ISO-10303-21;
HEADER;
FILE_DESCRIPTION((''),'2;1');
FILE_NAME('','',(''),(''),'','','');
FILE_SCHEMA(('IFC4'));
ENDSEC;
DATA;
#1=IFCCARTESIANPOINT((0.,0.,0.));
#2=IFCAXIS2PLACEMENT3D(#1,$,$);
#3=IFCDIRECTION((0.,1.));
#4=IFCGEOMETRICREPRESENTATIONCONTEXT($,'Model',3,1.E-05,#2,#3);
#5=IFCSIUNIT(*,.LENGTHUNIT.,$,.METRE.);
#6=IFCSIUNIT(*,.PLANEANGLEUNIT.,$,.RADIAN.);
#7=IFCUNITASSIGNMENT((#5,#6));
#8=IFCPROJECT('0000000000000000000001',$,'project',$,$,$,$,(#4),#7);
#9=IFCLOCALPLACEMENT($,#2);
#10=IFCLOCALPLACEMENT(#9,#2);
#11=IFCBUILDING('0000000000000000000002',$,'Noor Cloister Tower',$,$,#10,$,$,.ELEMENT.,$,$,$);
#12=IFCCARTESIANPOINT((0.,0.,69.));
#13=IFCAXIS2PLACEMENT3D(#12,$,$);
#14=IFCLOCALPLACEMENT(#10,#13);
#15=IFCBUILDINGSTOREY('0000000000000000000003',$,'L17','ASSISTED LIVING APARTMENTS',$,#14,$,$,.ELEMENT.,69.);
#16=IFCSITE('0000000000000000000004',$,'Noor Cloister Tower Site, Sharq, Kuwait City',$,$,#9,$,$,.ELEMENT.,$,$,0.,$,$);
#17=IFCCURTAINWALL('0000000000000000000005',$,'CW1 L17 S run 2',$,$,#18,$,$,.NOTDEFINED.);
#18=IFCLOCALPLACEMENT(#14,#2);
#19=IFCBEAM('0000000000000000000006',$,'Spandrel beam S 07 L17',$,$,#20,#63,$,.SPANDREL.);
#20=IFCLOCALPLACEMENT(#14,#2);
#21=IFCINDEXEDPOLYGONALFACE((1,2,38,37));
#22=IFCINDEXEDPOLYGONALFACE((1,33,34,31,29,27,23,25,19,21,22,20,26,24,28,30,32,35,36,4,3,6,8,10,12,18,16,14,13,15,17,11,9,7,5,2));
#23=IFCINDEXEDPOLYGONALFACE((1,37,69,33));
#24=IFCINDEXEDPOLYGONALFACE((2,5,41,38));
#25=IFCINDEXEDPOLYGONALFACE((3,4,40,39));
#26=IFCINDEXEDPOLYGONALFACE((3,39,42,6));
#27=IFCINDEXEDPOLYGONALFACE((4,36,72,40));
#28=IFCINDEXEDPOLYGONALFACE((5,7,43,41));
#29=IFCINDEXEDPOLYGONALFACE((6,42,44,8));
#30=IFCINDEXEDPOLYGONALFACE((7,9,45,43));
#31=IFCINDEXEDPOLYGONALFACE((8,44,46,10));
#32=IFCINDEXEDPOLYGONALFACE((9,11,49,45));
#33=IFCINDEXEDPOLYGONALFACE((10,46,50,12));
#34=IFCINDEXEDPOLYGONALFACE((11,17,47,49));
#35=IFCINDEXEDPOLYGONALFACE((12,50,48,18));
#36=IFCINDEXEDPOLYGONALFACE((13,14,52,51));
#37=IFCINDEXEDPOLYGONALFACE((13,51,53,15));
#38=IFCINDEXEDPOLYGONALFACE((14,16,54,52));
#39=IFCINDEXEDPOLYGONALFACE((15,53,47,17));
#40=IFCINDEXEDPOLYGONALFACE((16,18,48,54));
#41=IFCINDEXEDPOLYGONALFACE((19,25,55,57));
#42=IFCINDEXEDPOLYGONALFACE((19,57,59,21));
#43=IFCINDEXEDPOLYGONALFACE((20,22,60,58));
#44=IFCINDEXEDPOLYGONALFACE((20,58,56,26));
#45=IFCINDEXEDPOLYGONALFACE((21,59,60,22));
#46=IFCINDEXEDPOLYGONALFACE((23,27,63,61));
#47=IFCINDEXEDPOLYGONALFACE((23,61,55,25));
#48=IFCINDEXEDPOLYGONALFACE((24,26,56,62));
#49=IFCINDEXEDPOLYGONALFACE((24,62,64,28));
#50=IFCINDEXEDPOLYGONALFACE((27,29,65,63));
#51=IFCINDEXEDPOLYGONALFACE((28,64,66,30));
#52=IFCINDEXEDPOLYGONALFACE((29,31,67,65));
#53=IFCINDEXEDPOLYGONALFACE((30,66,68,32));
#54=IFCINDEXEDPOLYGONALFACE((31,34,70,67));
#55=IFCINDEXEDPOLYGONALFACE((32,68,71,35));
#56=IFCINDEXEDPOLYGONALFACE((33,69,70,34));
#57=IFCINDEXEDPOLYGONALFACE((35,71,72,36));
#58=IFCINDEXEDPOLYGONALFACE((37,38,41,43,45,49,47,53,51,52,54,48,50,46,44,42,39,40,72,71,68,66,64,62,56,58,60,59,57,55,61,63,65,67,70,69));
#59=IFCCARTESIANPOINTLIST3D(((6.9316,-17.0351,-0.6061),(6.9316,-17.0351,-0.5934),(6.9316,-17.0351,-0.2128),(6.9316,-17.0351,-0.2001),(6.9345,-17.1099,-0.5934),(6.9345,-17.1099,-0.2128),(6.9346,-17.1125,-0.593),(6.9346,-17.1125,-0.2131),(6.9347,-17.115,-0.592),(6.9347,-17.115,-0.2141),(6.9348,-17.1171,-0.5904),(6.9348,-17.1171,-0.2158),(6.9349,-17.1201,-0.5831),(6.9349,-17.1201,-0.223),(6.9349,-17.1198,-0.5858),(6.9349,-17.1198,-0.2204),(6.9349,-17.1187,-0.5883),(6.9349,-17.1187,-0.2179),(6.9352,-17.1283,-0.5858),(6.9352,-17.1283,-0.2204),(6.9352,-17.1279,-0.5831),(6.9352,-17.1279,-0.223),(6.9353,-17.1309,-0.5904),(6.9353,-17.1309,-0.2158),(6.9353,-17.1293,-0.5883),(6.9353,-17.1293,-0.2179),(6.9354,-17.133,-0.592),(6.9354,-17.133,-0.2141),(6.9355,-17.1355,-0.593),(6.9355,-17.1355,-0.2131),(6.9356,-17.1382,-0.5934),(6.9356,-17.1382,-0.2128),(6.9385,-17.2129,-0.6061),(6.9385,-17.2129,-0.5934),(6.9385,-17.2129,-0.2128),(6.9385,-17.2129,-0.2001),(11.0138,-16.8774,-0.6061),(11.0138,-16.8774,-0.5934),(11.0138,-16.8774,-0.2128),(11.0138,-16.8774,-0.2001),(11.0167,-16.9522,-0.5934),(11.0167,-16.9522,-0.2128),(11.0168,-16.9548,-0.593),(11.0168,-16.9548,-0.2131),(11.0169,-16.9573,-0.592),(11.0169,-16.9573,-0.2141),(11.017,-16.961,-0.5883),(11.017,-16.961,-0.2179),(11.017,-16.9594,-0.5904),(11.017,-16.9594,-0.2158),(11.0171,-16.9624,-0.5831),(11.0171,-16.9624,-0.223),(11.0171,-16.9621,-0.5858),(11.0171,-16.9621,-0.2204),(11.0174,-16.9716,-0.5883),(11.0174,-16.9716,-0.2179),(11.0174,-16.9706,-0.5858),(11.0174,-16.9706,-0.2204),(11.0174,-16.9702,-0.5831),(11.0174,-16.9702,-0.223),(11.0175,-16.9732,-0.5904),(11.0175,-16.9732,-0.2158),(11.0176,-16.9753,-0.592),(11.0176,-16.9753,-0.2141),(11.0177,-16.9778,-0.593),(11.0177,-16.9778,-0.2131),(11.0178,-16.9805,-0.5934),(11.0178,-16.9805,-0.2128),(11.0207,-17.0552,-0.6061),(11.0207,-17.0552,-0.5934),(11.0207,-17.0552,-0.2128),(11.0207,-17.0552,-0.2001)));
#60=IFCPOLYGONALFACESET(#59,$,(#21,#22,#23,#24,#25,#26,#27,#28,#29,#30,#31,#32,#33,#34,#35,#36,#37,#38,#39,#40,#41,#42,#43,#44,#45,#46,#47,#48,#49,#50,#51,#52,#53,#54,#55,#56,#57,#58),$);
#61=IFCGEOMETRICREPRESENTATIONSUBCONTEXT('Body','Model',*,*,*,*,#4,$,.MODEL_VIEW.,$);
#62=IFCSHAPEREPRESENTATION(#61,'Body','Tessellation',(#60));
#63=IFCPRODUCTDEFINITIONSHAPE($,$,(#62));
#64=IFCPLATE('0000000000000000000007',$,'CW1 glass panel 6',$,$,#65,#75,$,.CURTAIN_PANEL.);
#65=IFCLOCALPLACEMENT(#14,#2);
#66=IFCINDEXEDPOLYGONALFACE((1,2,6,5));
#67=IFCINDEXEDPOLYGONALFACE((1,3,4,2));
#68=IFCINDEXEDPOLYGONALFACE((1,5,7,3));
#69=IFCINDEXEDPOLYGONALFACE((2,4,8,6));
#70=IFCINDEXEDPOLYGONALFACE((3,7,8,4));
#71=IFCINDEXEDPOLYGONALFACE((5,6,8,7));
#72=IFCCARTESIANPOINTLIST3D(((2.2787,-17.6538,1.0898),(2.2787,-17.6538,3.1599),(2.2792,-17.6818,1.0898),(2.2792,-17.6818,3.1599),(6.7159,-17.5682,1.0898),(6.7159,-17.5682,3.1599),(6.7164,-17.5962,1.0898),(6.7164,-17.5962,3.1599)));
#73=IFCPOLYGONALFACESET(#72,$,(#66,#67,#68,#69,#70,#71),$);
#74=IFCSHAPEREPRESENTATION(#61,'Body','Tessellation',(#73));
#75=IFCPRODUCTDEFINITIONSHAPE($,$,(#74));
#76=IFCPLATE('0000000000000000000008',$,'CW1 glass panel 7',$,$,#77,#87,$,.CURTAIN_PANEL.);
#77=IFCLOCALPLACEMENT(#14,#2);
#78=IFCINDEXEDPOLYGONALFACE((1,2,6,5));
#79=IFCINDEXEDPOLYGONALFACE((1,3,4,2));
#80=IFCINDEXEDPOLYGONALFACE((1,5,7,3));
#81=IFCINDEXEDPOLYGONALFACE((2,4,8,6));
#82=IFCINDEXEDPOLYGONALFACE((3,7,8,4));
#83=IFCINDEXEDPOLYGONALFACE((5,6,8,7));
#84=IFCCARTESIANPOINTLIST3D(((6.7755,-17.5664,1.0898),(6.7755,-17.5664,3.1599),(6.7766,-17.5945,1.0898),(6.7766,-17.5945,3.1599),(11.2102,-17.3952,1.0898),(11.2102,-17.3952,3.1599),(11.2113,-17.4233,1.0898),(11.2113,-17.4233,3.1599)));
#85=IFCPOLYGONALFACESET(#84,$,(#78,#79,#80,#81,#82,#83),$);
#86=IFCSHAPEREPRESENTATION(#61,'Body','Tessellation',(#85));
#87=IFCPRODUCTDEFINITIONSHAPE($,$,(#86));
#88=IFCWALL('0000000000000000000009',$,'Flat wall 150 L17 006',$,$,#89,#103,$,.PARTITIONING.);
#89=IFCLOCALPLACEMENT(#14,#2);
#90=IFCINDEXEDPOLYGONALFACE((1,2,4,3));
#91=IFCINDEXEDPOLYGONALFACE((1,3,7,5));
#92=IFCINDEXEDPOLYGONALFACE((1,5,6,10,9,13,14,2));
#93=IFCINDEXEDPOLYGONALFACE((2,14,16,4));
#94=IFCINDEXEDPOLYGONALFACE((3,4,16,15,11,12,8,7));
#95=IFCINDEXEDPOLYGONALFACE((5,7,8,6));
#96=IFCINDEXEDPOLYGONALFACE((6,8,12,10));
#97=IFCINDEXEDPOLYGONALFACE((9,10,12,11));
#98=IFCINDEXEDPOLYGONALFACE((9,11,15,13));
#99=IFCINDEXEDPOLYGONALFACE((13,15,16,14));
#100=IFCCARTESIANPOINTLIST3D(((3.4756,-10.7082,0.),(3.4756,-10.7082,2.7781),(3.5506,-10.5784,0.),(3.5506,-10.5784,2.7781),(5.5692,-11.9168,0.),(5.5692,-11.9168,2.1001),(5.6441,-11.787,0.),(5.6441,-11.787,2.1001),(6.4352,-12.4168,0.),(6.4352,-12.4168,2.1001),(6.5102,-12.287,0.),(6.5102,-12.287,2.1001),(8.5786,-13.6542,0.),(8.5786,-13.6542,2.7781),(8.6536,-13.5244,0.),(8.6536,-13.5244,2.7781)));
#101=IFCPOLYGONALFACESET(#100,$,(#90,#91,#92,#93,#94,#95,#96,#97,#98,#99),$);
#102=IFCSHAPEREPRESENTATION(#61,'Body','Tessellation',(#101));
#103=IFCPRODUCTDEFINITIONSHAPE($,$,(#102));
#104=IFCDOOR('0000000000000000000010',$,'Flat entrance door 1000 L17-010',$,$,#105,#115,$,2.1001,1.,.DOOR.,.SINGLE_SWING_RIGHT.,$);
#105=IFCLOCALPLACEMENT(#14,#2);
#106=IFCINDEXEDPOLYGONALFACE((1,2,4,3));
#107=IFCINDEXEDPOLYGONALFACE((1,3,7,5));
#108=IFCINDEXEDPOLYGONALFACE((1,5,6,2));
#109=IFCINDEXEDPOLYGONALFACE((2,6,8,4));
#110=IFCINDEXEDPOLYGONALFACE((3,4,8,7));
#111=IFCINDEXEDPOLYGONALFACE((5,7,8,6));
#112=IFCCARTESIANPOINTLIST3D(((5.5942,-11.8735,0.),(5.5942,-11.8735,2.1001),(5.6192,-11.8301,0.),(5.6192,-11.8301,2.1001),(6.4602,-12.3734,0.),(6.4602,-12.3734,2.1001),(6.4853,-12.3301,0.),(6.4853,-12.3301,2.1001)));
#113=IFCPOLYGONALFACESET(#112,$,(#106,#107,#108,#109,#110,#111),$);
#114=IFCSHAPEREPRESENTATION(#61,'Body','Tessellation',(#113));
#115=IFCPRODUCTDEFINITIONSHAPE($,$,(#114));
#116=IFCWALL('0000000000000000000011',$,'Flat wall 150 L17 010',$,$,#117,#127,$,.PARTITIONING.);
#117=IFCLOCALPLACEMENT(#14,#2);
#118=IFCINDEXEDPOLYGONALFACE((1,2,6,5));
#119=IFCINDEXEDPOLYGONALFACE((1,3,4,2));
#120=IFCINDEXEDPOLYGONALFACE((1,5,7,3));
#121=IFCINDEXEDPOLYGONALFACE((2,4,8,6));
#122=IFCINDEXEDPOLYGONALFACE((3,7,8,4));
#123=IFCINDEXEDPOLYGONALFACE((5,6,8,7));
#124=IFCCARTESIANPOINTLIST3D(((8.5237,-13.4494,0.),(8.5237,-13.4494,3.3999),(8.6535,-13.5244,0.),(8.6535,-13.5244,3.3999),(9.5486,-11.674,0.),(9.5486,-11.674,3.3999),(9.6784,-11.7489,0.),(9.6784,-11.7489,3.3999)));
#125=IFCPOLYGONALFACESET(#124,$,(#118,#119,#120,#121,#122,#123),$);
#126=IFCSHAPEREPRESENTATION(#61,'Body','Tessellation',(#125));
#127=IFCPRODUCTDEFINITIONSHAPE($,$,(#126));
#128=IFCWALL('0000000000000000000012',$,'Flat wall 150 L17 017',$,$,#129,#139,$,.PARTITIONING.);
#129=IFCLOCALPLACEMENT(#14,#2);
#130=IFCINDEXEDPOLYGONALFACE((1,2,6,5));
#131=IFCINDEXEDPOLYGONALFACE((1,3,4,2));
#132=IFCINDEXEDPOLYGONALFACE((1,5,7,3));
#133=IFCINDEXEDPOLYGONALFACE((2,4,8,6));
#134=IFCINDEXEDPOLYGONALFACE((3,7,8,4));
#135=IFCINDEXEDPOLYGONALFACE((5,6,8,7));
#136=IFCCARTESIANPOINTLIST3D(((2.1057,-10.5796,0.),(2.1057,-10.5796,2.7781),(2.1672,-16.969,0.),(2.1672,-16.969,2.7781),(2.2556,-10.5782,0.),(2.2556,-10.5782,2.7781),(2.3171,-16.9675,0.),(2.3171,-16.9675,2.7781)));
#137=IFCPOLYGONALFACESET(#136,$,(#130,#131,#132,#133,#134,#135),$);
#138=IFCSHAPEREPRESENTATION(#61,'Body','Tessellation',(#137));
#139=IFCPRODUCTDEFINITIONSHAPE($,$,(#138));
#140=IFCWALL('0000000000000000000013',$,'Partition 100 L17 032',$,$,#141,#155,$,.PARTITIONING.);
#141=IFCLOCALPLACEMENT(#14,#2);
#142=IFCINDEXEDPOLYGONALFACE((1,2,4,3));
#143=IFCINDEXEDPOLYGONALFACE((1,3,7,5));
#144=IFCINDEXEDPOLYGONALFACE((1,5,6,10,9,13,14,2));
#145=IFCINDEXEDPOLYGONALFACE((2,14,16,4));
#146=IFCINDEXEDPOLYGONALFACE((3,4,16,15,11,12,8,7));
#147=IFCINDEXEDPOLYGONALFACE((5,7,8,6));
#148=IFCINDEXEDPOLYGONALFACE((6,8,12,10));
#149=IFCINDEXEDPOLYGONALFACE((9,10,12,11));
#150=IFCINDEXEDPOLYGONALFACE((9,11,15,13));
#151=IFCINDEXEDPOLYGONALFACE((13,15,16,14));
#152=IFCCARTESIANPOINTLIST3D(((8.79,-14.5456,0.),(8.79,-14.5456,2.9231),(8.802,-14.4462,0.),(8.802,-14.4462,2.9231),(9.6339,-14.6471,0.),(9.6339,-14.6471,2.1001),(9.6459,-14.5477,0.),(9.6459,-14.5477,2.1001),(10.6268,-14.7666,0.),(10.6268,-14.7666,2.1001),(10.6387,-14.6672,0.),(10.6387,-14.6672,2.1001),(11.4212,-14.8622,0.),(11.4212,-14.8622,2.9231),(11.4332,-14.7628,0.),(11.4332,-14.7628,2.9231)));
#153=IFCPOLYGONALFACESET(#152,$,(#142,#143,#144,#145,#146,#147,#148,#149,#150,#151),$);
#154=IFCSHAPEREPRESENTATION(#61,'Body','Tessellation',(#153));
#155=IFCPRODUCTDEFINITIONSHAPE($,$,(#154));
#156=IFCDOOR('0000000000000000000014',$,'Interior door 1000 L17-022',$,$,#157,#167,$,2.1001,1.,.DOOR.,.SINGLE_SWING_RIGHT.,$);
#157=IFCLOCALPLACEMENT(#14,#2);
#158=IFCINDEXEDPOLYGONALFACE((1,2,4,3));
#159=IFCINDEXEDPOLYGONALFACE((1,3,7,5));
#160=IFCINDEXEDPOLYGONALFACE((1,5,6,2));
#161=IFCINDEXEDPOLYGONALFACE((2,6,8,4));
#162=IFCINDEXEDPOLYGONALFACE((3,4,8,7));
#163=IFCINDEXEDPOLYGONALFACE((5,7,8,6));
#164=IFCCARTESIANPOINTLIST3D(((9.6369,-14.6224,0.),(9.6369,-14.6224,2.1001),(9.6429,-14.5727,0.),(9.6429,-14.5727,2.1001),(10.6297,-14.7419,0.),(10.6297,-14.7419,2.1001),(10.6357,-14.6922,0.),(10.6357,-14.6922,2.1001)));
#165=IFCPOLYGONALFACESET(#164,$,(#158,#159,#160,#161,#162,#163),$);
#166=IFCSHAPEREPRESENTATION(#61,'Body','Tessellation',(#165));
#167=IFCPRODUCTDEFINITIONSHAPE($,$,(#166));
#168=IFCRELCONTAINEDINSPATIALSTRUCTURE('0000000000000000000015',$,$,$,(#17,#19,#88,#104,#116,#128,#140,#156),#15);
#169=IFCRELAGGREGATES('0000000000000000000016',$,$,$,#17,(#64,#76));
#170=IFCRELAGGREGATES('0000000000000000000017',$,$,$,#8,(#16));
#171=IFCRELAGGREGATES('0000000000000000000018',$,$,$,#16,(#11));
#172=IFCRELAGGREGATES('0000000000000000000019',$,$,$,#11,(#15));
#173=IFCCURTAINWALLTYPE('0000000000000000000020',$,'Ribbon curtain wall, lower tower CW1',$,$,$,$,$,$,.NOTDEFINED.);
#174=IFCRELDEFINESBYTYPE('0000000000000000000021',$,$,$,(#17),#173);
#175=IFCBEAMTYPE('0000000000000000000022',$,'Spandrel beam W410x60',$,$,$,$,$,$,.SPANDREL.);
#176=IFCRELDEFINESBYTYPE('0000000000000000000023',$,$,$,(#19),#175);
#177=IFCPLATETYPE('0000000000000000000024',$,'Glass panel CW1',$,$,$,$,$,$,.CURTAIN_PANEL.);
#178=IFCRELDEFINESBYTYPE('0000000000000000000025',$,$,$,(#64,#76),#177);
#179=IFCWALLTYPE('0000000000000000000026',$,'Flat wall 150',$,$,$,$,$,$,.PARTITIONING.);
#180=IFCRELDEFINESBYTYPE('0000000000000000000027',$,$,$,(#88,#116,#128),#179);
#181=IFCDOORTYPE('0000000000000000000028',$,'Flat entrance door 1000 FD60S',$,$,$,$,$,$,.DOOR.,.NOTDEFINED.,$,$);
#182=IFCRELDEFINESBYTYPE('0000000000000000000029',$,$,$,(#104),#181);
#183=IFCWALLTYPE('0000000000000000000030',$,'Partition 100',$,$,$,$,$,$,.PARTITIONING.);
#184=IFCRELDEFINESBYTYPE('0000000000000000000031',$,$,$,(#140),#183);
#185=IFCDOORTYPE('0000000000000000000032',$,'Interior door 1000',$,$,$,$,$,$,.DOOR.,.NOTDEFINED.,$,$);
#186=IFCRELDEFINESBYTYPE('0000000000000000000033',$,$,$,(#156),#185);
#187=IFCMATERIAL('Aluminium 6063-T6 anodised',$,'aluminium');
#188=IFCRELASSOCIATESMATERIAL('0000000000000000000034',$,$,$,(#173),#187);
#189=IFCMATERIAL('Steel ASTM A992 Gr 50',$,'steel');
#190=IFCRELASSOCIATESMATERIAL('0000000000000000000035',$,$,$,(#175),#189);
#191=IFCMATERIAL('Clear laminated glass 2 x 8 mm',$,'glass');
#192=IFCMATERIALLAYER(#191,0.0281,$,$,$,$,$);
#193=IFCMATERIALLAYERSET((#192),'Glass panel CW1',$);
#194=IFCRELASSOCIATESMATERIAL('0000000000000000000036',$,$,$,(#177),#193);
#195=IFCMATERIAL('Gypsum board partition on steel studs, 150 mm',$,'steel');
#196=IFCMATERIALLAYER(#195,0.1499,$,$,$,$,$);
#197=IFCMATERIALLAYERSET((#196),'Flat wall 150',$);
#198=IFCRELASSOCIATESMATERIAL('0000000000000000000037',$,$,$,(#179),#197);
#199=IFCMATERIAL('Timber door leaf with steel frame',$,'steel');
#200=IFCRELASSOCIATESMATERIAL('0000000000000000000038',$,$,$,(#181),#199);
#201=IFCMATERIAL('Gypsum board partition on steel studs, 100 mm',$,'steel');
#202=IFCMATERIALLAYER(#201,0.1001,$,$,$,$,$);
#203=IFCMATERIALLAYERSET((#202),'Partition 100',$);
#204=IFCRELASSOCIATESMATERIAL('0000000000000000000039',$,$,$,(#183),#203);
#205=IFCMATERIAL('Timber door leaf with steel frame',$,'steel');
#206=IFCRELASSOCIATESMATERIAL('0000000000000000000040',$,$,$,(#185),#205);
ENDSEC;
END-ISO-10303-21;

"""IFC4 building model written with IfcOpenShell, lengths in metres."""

from ifc_helpers import new_model, si_unit, direction, frame, frame_2d, origin, origin_2d, place, context, subcontext, project, spatial, rectangle, i_section, extrude, material, layer, layer_set, material_profile, profile_set, type_object, element, fill, aggregate, save


model = new_model("IFC4")

# Units and contexts
model_context = context("Model", 3, precision=1e-05, world=origin(), true_north=direction((0.0, 1.0)))
body_context = subcontext(model_context, "Body", "Model", "MODEL_VIEW")
ifc_project = project(units=[si_unit("LENGTHUNIT", "METRE"), si_unit("PLANEANGLEUNIT", "RADIAN")], contexts=[model_context])

# Site, building, storey
site_placement = place(None, origin())
site = spatial("IfcSite", under=ifc_project, at=site_placement, Name="Noor Cloister Tower Site, Sharq, Kuwait City", CompositionType="ELEMENT", RefElevation=0.0)
building_placement = place(site_placement, origin())
building = spatial("IfcBuilding", under=site, at=building_placement, Name="Noor Cloister Tower", CompositionType="ELEMENT")
storey_placement = place(building_placement, frame((0.0, 0.0, 69.0)))
storey = spatial("IfcBuildingStorey", under=building, at=storey_placement, Name="L17", Description="ASSISTED LIVING APARTMENTS", CompositionType="ELEMENT", Elevation=69.0)

# Curtain wall
ifc_material_1 = material(Name="Aluminium 6063-T6 anodised", Category="aluminium")
curtain_wall_type = type_object("IfcCurtainWallType", Name="Ribbon curtain wall, lower tower CW1", PredefinedType="NOTDEFINED", material=ifc_material_1)
curtain_wall_placement = place(storey_placement, origin())
curtain_wall = element("IfcCurtainWall", 1, at=curtain_wall_placement, inside=storey, type_object=curtain_wall_type, Name="CW1 L17 S run 2", PredefinedType="NOTDEFINED")

# Beam
ifc_material_2 = material(Name="Steel ASTM A992 Gr 50", Category="steel")
ifc_material_profile_1 = material_profile(ifc_material_2, i_section(OverallWidth=0.178, OverallDepth=0.406, WebThickness=0.0078, FlangeThickness=0.0127, FilletRadius=0.0103, at=origin_2d()), Name="W410x60")
ifc_profile_set_1 = profile_set([ifc_material_profile_1], Name="Steel ASTM A992 Gr 50")
beam_type_1 = type_object("IfcBeamType", Name="Spandrel beam W410x60", PredefinedType="SPANDREL", material=ifc_profile_set_1)
beam_1_placement = place(storey_placement, frame((6.9351, -17.124, -0.4031), z_axis=(0.999255, 0.038605, 0.0), x_axis=(-0.038605, 0.999255, 0.0)))
element("IfcBeam", 2, at=beam_1_placement, inside=storey, type_object=beam_type_1, Name="Spandrel beam S 07 L17", PredefinedType="SPANDREL", context=body_context, shape_type="SweptSolid", body=[
    extrude(i_section(OverallWidth=0.178, OverallDepth=0.406, WebThickness=0.0078, FlangeThickness=0.0127, FilletRadius=0.0103, at=origin_2d()), origin(), (0.0, 0.0, 1.0), 4.0852),
])

# Plates
ifc_material_3 = material(Name="Clear laminated glass 2 x 8 mm", Category="glass")
ifc_layer_1 = layer(ifc_material_3, 0.0281)
ifc_layer_set_1 = layer_set([ifc_layer_1], Name="Glass panel CW1")
plate_type = type_object("IfcPlateType", Name="Glass panel CW1", PredefinedType="CURTAIN_PANEL", material=ifc_layer_set_1)
plate_1_placement = place(storey_placement, frame((4.4976, -17.625, 1.0898), z_axis=(0.0, 0.0, 1.0), x_axis=(0.999814, 0.019291, 0.0)))
plate_1 = element("IfcPlate", 3, at=plate_1_placement, type_object=plate_type, Name="CW1 glass panel 6", PredefinedType="CURTAIN_PANEL", context=body_context, shape_type="SweptSolid", body=[
    extrude(rectangle(XDim=4.438, YDim=0.0281, at=origin_2d()), origin(), (0.0, 0.0, 1.0), 2.0701),
])
plate_2_placement = place(storey_placement, frame((8.9934, -17.4949, 1.0898), z_axis=(0.0, 0.0, 1.0), x_axis=(0.999256, 0.038575, 0.0)))
plate_2 = element("IfcPlate", 4, at=plate_2_placement, type_object=plate_type, Name="CW1 glass panel 7", PredefinedType="CURTAIN_PANEL", context=body_context, shape_type="SweptSolid", body=[
    extrude(rectangle(XDim=4.438, YDim=0.0281, at=origin_2d()), origin(), (0.0, 0.0, 1.0), 2.0701),
])
aggregate(curtain_wall, [plate_1, plate_2])

# Wall, opening, door
ifc_material_4 = material(Name="Gypsum board partition on steel studs, 150 mm", Category="steel")
ifc_layer_2 = layer(ifc_material_4, 0.1499)
ifc_layer_set_2 = layer_set([ifc_layer_2], Name="Flat wall 150")
wall_type_1 = type_object("IfcWallType", Name="Flat wall 150", PredefinedType="PARTITIONING", material=ifc_layer_set_2)
wall_1_placement = place(storey_placement, frame((8.6162, -13.5894, 0.0), z_axis=(0.0, 0.0, 1.0), x_axis=(-0.866039, 0.499976, 0.0)))
wall_1 = element("IfcWall", 5, at=wall_1_placement, inside=storey, type_object=wall_type_1, Name="Flat wall 150 L17 006", PredefinedType="PARTITIONING", context=body_context, shape_type="SweptSolid", body=[
    extrude(rectangle(XDim=5.8923, YDim=0.1499, at=frame_2d((2.9463, 0.0))), origin(), (0.0, 0.0, 1.0), 2.7781),
])
opening_1_placement = place(wall_1_placement, frame((2.4751, 0.0, 0.0)))
opening_1 = element("IfcOpeningElement", 6, at=opening_1_placement, cuts=wall_1, PredefinedType="OPENING", context=body_context, shape_type="SweptSolid", body=[
    extrude(rectangle(XDim=1.0, YDim=2.1001, at=frame_2d((0.5, 1.05))), frame((0.0, 0.085, 0.0), z_axis=(0.0, -1.0, 0.0), x_axis=(1.0, 0.0, 0.0)), (0.0, 0.0, 1.0), 0.1699),
])
ifc_material_5 = material(Name="Timber door leaf with steel frame", Category="steel")
door_type_1 = type_object("IfcDoorType", Name="Flat entrance door 1000 FD60S", OperationType="NOTDEFINED", PredefinedType="DOOR", material=ifc_material_5)
door_1_placement = place(opening_1_placement, origin())
door_1 = element("IfcDoor", 7, at=door_1_placement, inside=storey, type_object=door_type_1, Name="Flat entrance door 1000 L17-010", OperationType="SINGLE_SWING_RIGHT", OverallHeight=2.1001, OverallWidth=1.0, PredefinedType="DOOR", context=body_context, shape_type="SweptSolid", body=[
    extrude(rectangle(XDim=1.0, YDim=2.1001, at=frame_2d((0.5, 1.05))), frame((0.0, 0.0249, 0.0), z_axis=(0.0, -1.0, 0.0), x_axis=(1.0, 0.0, 0.0)), (0.0, 0.0, 1.0), 0.05),
])
fill(opening_1, door_1)

# Walls
wall_2_placement = place(storey_placement, frame((8.5886, -13.4868, 0.0), z_axis=(0.0, 0.0, 1.0), x_axis=(0.499956, 0.866051, 0.0)))
element("IfcWall", 8, at=wall_2_placement, inside=storey, type_object=wall_type_1, Name="Flat wall 150 L17 010", PredefinedType="PARTITIONING", context=body_context, shape_type="SweptSolid", body=[
    extrude(rectangle(XDim=2.05, YDim=0.1499, at=frame_2d((1.0249, 0.0))), origin(), (0.0, 0.0, 1.0), 3.3999),
])
wall_3_placement = place(storey_placement, frame((2.2422, -16.9683, 0.0), z_axis=(0.0, 0.0, 1.0), x_axis=(-0.009629, 0.999954, 0.0)))
element("IfcWall", 9, at=wall_3_placement, inside=storey, type_object=wall_type_1, Name="Flat wall 150 L17 017", PredefinedType="PARTITIONING", context=body_context, shape_type="SweptSolid", body=[
    extrude(rectangle(XDim=6.3896, YDim=0.1499, at=frame_2d((3.1948, 0.0))), origin(), (0.0, 0.0, 1.0), 2.7781),
])

# Wall, opening, door
ifc_material_6 = material(Name="Gypsum board partition on steel studs, 100 mm", Category="steel")
ifc_layer_3 = layer(ifc_material_6, 0.1001)
ifc_layer_set_3 = layer_set([ifc_layer_3], Name="Partition 100")
wall_type_2 = type_object("IfcWallType", Name="Partition 100", PredefinedType="PARTITIONING", material=ifc_layer_set_3)
wall_4_placement = place(storey_placement, frame((8.7959, -14.4958, 0.0), z_axis=(0.0, 0.0, 1.0), x_axis=(0.992836, -0.119487, 0.0)))
wall_4 = element("IfcWall", 10, at=wall_4_placement, inside=storey, type_object=wall_type_2, Name="Partition 100 L17 032", PredefinedType="PARTITIONING", context=body_context, shape_type="SweptSolid", body=[
    extrude(rectangle(XDim=2.6501, YDim=0.1001, at=frame_2d((1.3252, 0.0))), origin(), (0.0, 0.0, 1.0), 2.9231),
])
opening_2_placement = place(wall_4_placement, frame((0.8501, 0.0, 0.0)))
opening_2 = element("IfcOpeningElement", 11, at=opening_2_placement, cuts=wall_4, PredefinedType="OPENING", context=body_context, shape_type="SweptSolid", body=[
    extrude(rectangle(XDim=1.0, YDim=2.1001, at=frame_2d((0.5, 1.05))), frame((0.0, 0.0601, 0.0), z_axis=(0.0, -1.0, 0.0), x_axis=(1.0, 0.0, 0.0)), (0.0, 0.0, 1.0), 0.1201),
])
ifc_material_7 = material(Name="Timber door leaf with steel frame", Category="steel")
door_type_2 = type_object("IfcDoorType", Name="Interior door 1000", OperationType="NOTDEFINED", PredefinedType="DOOR", material=ifc_material_7)
door_2_placement = place(opening_2_placement, origin())
door_2 = element("IfcDoor", 12, at=door_2_placement, inside=storey, type_object=door_type_2, Name="Interior door 1000 L17-022", OperationType="SINGLE_SWING_RIGHT", OverallHeight=2.1001, OverallWidth=1.0, PredefinedType="DOOR", context=body_context, shape_type="SweptSolid", body=[
    extrude(rectangle(XDim=1.0, YDim=2.1001, at=frame_2d((0.5, 1.05))), frame((0.0, 0.0249, 0.0), z_axis=(0.0, -1.0, 0.0), x_axis=(1.0, 0.0, 0.0)), (0.0, 0.0, 1.0), 0.05),
])
fill(opening_2, door_2)

save(model, "model.ifc")
